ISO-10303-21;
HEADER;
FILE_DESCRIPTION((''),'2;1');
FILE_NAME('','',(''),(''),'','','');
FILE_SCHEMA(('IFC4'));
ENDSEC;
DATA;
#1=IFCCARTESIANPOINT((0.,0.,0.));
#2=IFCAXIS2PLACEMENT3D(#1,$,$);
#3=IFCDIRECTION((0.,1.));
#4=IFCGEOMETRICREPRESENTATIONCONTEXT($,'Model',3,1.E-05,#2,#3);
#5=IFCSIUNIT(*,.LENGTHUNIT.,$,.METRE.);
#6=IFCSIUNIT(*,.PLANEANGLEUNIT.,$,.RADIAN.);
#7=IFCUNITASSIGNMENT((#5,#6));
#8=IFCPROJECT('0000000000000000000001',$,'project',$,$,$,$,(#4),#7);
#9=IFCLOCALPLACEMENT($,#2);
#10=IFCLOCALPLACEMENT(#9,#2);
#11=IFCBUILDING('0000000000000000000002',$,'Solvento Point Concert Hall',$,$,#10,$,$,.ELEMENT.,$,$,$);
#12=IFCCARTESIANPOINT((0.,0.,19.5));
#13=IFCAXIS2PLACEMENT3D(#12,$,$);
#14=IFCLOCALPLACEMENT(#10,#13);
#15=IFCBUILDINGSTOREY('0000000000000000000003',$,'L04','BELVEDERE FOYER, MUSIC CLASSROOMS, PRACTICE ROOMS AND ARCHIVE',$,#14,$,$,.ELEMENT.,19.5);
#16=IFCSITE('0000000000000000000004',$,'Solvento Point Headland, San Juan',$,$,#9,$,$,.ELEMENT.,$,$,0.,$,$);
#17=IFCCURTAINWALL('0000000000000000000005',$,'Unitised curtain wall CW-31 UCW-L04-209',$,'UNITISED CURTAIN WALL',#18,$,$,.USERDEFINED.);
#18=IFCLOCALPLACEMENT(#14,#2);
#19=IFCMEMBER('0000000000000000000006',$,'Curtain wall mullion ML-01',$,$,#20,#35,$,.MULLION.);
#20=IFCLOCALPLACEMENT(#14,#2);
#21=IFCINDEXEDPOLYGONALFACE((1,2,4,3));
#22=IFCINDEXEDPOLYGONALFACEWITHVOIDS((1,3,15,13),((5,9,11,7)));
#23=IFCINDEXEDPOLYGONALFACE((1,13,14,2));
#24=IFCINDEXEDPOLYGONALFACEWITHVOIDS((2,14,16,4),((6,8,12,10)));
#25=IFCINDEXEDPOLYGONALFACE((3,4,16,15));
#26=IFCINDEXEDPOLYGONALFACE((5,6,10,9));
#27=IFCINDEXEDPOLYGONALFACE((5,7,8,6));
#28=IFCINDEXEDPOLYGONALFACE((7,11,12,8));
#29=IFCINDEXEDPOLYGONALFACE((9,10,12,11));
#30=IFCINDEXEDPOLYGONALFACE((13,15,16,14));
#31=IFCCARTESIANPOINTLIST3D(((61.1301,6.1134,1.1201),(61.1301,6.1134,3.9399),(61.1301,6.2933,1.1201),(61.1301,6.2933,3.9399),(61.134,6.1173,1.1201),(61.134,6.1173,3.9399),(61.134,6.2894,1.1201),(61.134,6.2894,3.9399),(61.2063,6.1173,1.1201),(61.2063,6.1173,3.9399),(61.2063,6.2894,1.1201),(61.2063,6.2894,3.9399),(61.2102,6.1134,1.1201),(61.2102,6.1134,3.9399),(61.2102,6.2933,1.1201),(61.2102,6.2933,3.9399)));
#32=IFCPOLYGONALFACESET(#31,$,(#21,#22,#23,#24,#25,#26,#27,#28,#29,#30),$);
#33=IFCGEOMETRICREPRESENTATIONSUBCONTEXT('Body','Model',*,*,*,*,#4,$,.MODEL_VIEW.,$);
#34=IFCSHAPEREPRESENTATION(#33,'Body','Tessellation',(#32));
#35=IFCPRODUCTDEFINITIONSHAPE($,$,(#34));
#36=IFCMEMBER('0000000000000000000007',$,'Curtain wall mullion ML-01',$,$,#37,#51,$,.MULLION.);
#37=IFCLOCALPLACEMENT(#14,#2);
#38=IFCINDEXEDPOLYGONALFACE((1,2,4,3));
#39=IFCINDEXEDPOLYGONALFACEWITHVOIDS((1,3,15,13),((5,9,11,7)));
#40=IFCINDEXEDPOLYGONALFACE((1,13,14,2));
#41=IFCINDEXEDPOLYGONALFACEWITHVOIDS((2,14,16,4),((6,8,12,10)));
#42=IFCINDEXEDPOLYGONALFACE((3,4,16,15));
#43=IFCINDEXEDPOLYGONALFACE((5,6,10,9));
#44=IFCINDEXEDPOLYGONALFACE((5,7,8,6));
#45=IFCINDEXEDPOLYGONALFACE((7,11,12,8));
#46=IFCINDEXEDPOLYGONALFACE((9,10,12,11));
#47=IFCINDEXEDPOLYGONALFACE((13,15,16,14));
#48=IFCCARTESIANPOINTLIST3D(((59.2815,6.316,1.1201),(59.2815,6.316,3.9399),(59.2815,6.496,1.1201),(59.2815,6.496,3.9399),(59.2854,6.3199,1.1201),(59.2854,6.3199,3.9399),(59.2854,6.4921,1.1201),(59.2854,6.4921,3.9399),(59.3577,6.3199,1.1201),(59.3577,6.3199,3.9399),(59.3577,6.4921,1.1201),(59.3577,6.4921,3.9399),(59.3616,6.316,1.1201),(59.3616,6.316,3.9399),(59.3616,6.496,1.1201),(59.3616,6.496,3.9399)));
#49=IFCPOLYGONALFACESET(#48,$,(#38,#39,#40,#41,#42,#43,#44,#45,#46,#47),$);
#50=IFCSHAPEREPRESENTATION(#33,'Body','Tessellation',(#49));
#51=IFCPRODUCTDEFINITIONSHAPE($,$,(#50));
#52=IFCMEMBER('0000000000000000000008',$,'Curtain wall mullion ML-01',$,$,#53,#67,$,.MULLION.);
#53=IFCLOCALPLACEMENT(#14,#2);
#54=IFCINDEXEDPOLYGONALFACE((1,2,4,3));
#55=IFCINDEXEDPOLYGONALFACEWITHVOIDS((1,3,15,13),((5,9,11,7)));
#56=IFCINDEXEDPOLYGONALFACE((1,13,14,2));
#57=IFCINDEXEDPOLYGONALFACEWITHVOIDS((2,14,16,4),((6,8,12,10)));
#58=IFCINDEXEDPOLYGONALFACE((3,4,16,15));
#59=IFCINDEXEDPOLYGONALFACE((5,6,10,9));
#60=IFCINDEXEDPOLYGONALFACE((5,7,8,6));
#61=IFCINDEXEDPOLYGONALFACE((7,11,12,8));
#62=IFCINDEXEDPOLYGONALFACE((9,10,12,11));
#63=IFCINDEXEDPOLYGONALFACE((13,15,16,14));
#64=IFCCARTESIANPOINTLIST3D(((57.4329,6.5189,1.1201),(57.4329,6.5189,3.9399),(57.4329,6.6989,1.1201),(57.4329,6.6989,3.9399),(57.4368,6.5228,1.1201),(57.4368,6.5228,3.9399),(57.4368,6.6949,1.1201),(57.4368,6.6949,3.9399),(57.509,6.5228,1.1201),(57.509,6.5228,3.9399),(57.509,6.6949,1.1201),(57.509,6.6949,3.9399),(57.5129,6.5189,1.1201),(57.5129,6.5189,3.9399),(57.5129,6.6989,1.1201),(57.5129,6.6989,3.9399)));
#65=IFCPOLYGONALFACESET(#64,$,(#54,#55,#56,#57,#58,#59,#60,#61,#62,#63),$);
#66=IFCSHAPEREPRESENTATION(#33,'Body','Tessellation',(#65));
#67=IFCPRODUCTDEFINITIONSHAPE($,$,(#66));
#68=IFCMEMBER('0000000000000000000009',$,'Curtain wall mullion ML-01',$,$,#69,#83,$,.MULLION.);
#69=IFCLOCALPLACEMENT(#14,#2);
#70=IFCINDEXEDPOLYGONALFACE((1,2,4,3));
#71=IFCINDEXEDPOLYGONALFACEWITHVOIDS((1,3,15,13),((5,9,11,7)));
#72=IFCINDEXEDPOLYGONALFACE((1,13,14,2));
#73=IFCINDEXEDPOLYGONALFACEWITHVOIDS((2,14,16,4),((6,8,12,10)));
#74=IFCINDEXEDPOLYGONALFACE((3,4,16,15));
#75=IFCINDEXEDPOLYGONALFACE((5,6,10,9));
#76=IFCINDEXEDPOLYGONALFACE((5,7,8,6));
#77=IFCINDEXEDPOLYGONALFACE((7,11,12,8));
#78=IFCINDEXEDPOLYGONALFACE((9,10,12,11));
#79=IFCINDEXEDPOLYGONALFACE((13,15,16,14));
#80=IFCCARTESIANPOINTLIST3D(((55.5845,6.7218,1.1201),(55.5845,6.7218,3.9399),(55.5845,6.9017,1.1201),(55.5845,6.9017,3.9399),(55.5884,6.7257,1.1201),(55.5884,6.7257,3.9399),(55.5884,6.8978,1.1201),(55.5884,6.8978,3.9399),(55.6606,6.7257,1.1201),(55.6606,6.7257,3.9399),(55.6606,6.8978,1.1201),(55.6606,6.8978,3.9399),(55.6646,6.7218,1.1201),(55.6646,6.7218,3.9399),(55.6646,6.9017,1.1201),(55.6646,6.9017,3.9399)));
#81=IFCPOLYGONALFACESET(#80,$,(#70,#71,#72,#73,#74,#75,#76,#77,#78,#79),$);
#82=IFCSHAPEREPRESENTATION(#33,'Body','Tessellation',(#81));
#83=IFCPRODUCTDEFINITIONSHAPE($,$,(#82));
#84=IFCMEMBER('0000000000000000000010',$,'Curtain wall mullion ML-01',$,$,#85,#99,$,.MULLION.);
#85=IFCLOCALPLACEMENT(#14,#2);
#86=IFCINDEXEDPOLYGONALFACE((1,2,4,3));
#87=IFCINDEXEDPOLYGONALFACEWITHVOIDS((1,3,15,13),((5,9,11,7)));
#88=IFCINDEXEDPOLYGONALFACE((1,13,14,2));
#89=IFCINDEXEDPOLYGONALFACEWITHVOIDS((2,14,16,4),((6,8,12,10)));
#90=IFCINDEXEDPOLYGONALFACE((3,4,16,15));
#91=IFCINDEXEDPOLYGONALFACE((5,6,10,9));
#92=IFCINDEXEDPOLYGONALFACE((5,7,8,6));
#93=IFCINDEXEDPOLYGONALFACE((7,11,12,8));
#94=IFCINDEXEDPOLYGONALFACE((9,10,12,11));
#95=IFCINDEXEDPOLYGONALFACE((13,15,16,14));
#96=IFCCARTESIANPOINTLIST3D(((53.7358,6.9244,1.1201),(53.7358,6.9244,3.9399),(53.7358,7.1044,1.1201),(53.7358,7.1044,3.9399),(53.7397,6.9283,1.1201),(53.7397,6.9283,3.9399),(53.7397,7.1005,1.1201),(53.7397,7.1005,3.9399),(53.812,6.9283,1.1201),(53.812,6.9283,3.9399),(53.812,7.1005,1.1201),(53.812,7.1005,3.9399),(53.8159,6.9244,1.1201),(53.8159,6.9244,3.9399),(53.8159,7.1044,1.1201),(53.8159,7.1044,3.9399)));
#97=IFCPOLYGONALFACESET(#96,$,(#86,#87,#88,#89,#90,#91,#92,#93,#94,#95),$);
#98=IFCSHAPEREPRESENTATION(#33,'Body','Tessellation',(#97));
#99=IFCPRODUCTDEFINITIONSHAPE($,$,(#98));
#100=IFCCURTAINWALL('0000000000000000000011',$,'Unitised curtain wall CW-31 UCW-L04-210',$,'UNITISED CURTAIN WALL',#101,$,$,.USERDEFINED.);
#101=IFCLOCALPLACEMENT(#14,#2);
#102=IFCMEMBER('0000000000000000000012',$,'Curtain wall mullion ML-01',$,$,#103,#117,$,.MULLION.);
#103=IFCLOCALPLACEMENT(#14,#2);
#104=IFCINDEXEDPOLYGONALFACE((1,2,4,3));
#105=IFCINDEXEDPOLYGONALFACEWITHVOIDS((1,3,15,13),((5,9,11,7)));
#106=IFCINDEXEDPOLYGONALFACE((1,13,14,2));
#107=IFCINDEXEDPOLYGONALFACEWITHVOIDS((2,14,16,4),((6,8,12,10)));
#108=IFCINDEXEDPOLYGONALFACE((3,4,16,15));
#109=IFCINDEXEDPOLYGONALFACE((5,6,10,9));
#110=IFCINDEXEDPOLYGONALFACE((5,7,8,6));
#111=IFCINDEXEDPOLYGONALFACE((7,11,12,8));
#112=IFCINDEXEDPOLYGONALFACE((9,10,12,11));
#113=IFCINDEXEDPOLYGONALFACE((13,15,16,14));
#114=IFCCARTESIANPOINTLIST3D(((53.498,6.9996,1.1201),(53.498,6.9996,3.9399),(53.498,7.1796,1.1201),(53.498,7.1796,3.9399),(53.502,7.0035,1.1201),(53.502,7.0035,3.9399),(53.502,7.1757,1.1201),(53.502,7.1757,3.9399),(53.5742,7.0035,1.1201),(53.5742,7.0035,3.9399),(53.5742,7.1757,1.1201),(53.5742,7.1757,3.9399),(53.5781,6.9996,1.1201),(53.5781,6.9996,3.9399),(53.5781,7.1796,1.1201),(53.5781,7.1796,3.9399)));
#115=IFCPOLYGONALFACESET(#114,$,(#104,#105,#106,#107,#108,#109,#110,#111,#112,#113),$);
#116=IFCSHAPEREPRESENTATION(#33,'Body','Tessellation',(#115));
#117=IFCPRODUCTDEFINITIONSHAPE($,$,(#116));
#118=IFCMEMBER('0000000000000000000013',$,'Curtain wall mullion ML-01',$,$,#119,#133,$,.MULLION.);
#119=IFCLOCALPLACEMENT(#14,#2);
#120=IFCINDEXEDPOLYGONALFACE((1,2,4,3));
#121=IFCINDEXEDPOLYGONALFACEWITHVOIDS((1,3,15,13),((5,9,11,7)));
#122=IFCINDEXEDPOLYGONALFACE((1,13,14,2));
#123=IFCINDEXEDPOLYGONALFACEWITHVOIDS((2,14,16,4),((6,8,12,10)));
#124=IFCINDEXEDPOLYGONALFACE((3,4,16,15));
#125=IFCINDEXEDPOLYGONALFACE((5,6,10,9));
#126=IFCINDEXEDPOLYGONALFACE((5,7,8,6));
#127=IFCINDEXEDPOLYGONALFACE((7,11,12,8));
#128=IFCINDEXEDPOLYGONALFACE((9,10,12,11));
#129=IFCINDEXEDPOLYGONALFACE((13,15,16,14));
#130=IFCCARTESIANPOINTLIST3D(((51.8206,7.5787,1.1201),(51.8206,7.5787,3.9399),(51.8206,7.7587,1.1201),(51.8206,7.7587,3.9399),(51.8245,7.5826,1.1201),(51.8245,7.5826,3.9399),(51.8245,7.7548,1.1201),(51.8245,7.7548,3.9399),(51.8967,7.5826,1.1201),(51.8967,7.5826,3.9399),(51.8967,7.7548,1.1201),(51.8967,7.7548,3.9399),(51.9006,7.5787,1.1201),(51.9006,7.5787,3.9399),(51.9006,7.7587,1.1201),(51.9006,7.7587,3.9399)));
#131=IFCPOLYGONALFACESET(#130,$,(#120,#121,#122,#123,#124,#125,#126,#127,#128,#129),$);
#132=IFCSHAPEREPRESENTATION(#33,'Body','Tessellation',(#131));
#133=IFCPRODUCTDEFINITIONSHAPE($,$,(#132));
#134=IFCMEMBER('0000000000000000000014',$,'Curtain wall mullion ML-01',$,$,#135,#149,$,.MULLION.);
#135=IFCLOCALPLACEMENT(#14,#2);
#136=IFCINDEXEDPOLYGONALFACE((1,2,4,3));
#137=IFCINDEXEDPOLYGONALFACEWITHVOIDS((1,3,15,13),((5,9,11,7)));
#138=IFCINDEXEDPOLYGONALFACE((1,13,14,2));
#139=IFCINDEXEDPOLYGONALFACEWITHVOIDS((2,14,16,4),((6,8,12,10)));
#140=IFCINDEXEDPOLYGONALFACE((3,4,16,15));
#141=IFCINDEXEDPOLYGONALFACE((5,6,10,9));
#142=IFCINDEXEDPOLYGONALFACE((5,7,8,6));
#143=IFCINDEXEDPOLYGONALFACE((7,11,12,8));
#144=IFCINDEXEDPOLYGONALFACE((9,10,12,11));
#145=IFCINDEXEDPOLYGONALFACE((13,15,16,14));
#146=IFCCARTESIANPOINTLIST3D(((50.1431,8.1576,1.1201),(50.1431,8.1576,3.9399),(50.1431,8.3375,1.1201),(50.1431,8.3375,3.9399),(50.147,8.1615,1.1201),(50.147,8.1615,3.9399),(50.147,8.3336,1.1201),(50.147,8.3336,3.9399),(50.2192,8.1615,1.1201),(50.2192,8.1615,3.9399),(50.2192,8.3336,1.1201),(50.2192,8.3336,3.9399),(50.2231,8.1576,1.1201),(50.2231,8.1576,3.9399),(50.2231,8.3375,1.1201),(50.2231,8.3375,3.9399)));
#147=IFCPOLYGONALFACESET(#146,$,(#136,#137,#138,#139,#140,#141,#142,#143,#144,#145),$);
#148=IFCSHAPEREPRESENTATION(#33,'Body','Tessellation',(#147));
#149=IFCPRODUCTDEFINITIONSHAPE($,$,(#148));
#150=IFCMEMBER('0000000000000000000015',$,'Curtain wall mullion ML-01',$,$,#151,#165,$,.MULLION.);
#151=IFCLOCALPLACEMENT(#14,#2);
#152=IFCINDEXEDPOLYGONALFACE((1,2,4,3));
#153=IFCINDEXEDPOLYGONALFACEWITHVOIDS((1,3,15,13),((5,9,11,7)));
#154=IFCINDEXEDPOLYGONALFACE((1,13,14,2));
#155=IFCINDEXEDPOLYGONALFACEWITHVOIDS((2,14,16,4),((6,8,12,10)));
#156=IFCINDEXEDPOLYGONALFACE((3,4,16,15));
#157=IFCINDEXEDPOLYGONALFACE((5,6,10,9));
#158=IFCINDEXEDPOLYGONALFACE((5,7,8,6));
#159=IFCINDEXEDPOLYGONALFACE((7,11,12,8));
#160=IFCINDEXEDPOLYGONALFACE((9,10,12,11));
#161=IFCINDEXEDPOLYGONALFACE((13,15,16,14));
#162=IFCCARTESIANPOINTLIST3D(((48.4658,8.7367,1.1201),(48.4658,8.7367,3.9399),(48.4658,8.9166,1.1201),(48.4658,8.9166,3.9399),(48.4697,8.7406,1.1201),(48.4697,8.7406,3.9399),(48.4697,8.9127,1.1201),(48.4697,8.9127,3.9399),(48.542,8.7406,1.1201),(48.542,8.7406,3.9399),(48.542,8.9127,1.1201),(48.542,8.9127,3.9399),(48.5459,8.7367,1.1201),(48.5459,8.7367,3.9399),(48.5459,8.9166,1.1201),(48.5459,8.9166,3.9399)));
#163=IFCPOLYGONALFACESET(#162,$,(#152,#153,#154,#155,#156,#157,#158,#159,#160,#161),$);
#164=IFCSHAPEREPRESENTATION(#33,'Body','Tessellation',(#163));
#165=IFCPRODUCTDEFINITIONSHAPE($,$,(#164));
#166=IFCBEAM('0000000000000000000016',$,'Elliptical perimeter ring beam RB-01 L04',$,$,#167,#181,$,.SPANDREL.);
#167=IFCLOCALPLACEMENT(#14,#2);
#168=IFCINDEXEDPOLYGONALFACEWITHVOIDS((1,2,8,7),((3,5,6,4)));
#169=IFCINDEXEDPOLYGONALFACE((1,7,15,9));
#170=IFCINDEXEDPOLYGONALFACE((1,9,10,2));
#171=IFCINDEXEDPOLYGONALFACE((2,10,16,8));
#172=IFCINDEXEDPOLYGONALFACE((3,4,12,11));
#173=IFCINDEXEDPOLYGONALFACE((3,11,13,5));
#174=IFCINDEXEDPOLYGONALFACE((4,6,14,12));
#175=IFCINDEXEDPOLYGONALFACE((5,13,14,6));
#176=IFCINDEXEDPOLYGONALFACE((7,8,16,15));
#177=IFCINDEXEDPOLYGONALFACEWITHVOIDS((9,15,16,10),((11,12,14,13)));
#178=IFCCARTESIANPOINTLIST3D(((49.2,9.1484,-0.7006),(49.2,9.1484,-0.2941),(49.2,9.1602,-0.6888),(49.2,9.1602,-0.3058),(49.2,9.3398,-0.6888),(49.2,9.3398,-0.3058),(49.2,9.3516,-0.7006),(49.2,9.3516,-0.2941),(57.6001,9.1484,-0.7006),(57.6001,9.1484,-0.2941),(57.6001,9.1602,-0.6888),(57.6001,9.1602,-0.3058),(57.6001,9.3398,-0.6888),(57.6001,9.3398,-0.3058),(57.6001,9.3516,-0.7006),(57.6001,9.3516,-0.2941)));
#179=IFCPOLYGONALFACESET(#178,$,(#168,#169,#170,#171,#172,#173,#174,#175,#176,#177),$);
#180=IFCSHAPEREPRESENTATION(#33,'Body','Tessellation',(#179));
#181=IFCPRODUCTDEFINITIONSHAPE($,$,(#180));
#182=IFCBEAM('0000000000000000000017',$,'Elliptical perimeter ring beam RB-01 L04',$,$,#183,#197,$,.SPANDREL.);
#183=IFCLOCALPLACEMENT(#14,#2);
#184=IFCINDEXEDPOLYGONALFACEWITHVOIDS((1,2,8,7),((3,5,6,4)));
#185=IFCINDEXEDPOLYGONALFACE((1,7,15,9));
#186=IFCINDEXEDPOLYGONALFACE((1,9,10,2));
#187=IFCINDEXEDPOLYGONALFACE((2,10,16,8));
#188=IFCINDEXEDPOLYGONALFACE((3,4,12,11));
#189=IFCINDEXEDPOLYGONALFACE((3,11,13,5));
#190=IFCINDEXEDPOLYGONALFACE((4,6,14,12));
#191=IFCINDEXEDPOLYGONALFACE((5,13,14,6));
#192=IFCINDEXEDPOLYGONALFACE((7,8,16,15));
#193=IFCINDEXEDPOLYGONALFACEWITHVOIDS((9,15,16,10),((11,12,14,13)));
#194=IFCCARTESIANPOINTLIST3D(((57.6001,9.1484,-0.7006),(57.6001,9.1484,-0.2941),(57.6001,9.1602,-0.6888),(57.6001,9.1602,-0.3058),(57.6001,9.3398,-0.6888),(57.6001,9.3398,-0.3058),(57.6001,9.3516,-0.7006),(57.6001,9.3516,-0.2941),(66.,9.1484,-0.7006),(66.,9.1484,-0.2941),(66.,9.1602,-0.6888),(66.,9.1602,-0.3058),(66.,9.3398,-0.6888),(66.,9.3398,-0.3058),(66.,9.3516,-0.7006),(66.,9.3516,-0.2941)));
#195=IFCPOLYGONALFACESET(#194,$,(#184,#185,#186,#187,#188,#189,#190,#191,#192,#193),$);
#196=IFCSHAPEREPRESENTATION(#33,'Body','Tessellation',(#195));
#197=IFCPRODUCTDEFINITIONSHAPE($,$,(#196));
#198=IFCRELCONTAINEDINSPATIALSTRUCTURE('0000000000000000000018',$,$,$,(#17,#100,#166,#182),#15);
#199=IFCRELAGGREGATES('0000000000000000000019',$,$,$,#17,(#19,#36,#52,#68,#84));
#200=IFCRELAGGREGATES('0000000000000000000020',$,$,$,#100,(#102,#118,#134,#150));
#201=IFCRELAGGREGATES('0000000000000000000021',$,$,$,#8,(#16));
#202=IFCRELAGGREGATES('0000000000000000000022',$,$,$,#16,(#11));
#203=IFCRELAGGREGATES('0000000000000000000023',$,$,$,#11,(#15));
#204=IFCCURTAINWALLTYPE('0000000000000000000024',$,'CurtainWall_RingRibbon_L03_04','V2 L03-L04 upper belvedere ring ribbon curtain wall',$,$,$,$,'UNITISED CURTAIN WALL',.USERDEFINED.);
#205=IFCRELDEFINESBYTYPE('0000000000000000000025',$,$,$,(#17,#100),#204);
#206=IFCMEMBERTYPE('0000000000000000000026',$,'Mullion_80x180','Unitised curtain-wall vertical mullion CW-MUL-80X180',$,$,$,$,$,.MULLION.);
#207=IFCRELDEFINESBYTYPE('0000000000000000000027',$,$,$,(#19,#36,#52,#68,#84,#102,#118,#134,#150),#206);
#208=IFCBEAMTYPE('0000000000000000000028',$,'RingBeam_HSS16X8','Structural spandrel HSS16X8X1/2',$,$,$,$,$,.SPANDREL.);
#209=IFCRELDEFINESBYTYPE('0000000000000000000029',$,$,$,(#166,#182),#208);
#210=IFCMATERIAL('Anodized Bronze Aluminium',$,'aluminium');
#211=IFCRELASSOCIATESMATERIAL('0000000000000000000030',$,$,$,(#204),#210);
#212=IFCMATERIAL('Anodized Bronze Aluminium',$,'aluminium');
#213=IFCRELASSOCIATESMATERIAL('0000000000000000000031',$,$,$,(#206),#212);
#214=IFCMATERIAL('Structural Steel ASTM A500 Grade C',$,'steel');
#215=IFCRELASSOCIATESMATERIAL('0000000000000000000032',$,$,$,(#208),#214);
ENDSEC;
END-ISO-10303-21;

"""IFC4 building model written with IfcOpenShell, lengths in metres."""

from ifc_helpers import new_model, si_unit, direction, frame, origin, origin_2d, place, context, subcontext, project, spatial, hollow_rectangle, extrude, material, material_profile, profile_set, type_object, element, aggregate, save


model = new_model("IFC4")

# Units and contexts
model_context = context("Model", 3, precision=1e-05, world=origin(), true_north=direction((0.0, 1.0)))
body_context = subcontext(model_context, "Body", "Model", "MODEL_VIEW")
ifc_project = project(units=[si_unit("LENGTHUNIT", "METRE"), si_unit("PLANEANGLEUNIT", "RADIAN")], contexts=[model_context])

# Site, building, storey
site_placement = place(None, origin())
site = spatial("IfcSite", under=ifc_project, at=site_placement, Name="Solvento Point Headland, San Juan", CompositionType="ELEMENT", RefElevation=0.0)
building_placement = place(site_placement, origin())
building = spatial("IfcBuilding", under=site, at=building_placement, Name="Solvento Point Concert Hall", CompositionType="ELEMENT")
storey_placement = place(building_placement, frame((0.0, 0.0, 19.5)))
storey = spatial("IfcBuildingStorey", under=building, at=storey_placement, Name="L04", Description="BELVEDERE FOYER, MUSIC CLASSROOMS, PRACTICE ROOMS AND ARCHIVE", CompositionType="ELEMENT", Elevation=19.5)

# Curtain walls, members
ifc_material_1 = material(Name="Anodized Bronze Aluminium", Category="aluminium")
curtain_wall_type = type_object("IfcCurtainWallType", Name="CurtainWall_RingRibbon_L03_04", Description="V2 L03-L04 upper belvedere ring ribbon curtain wall", ElementType="UNITISED CURTAIN WALL", PredefinedType="USERDEFINED", material=ifc_material_1)
curtain_wall_1_placement = place(storey_placement, origin())
curtain_wall_1 = element("IfcCurtainWall", 1, at=curtain_wall_1_placement, inside=storey, type_object=curtain_wall_type, Name="Unitised curtain wall CW-31 UCW-L04-209", ObjectType="UNITISED CURTAIN WALL", PredefinedType="USERDEFINED")
ifc_material_2 = material(Name="Anodized Bronze Aluminium", Category="aluminium")
ifc_material_profile_1 = material_profile(ifc_material_2, hollow_rectangle(XDim=0.0801, YDim=0.1799, WallThickness=0.0039, at=origin_2d()), Name="CW-MUL-80X180")
ifc_profile_set_1 = profile_set([ifc_material_profile_1], Name="Anodized Bronze Aluminium")
member_type_1 = type_object("IfcMemberType", Name="Mullion_80x180", Description="Unitised curtain-wall vertical mullion CW-MUL-80X180", PredefinedType="MULLION", material=ifc_profile_set_1)
member_1_placement = place(storey_placement, frame((61.1702, 6.2034, 1.1201), z_axis=(0.0, 0.0, 1.0), x_axis=(1.0, 0.0, 0.0)))
member_1 = element("IfcMember", 2, at=member_1_placement, type_object=member_type_1, Name="Curtain wall mullion ML-01", PredefinedType="MULLION", context=body_context, shape_type="SweptSolid", body=[
    extrude(hollow_rectangle(XDim=0.0801, YDim=0.1799, WallThickness=0.0039, at=origin_2d()), origin(), (0.0, 0.0, 1.0), 2.8198),
])
member_2_placement = place(storey_placement, frame((59.3215, 6.406, 1.1201), z_axis=(0.0, 0.0, 1.0), x_axis=(1.0, 0.0, 0.0)))
member_2 = element("IfcMember", 3, at=member_2_placement, type_object=member_type_1, Name="Curtain wall mullion ML-01", PredefinedType="MULLION", context=body_context, shape_type="SweptSolid", body=[
    extrude(hollow_rectangle(XDim=0.0801, YDim=0.1799, WallThickness=0.0039, at=origin_2d()), origin(), (0.0, 0.0, 1.0), 2.8198),
])
member_3_placement = place(storey_placement, frame((57.4729, 6.6089, 1.1201), z_axis=(0.0, 0.0, 1.0), x_axis=(1.0, 0.0, 0.0)))
member_3 = element("IfcMember", 4, at=member_3_placement, type_object=member_type_1, Name="Curtain wall mullion ML-01", PredefinedType="MULLION", context=body_context, shape_type="SweptSolid", body=[
    extrude(hollow_rectangle(XDim=0.0801, YDim=0.1799, WallThickness=0.0039, at=origin_2d()), origin(), (0.0, 0.0, 1.0), 2.8198),
])
member_4_placement = place(storey_placement, frame((55.6245, 6.8118, 1.1201), z_axis=(0.0, 0.0, 1.0), x_axis=(1.0, 0.0, 0.0)))
member_4 = element("IfcMember", 5, at=member_4_placement, type_object=member_type_1, Name="Curtain wall mullion ML-01", PredefinedType="MULLION", context=body_context, shape_type="SweptSolid", body=[
    extrude(hollow_rectangle(XDim=0.0801, YDim=0.1799, WallThickness=0.0039, at=origin_2d()), origin(), (0.0, 0.0, 1.0), 2.8198),
])
member_5_placement = place(storey_placement, frame((53.7759, 7.0144, 1.1201), z_axis=(0.0, 0.0, 1.0), x_axis=(1.0, 0.0, 0.0)))
member_5 = element("IfcMember", 6, at=member_5_placement, type_object=member_type_1, Name="Curtain wall mullion ML-01", PredefinedType="MULLION", context=body_context, shape_type="SweptSolid", body=[
    extrude(hollow_rectangle(XDim=0.0801, YDim=0.1799, WallThickness=0.0039, at=origin_2d()), origin(), (0.0, 0.0, 1.0), 2.8198),
])
curtain_wall_2_placement = place(storey_placement, origin())
curtain_wall_2 = element("IfcCurtainWall", 7, at=curtain_wall_2_placement, inside=storey, type_object=curtain_wall_type, Name="Unitised curtain wall CW-31 UCW-L04-210", ObjectType="UNITISED CURTAIN WALL", PredefinedType="USERDEFINED")
member_6_placement = place(storey_placement, frame((53.5381, 7.0896, 1.1201), z_axis=(0.0, 0.0, 1.0), x_axis=(1.0, 0.0, 0.0)))
member_6 = element("IfcMember", 8, at=member_6_placement, type_object=member_type_1, Name="Curtain wall mullion ML-01", PredefinedType="MULLION", context=body_context, shape_type="SweptSolid", body=[
    extrude(hollow_rectangle(XDim=0.0801, YDim=0.1799, WallThickness=0.0039, at=origin_2d()), origin(), (0.0, 0.0, 1.0), 2.8198),
])
member_7_placement = place(storey_placement, frame((51.8606, 7.6687, 1.1201), z_axis=(0.0, 0.0, 1.0), x_axis=(1.0, 0.0, 0.0)))
member_7 = element("IfcMember", 9, at=member_7_placement, type_object=member_type_1, Name="Curtain wall mullion ML-01", PredefinedType="MULLION", context=body_context, shape_type="SweptSolid", body=[
    extrude(hollow_rectangle(XDim=0.0801, YDim=0.1799, WallThickness=0.0039, at=origin_2d()), origin(), (0.0, 0.0, 1.0), 2.8198),
])
member_8_placement = place(storey_placement, frame((50.1831, 8.2476, 1.1201), z_axis=(0.0, 0.0, 1.0), x_axis=(1.0, 0.0, 0.0)))
member_8 = element("IfcMember", 10, at=member_8_placement, type_object=member_type_1, Name="Curtain wall mullion ML-01", PredefinedType="MULLION", context=body_context, shape_type="SweptSolid", body=[
    extrude(hollow_rectangle(XDim=0.0801, YDim=0.1799, WallThickness=0.0039, at=origin_2d()), origin(), (0.0, 0.0, 1.0), 2.8198),
])
member_9_placement = place(storey_placement, frame((48.5059, 8.8267, 1.1201), z_axis=(0.0, 0.0, 1.0), x_axis=(1.0, 0.0, 0.0)))
member_9 = element("IfcMember", 11, at=member_9_placement, type_object=member_type_1, Name="Curtain wall mullion ML-01", PredefinedType="MULLION", context=body_context, shape_type="SweptSolid", body=[
    extrude(hollow_rectangle(XDim=0.0801, YDim=0.1799, WallThickness=0.0039, at=origin_2d()), origin(), (0.0, 0.0, 1.0), 2.8198),
])

# Beams
ifc_material_3 = material(Name="Structural Steel ASTM A500 Grade C", Category="steel")
ifc_material_profile_2 = material_profile(ifc_material_3, hollow_rectangle(XDim=0.2031, YDim=0.4065, WallThickness=0.0117, at=origin_2d()), Name="HSS16X8X1/2")
ifc_profile_set_2 = profile_set([ifc_material_profile_2], Name="Structural Steel ASTM A500 Grade C")
beam_type = type_object("IfcBeamType", Name="RingBeam_HSS16X8", Description="Structural spandrel HSS16X8X1/2", PredefinedType="SPANDREL", material=ifc_profile_set_2)
beam_1_placement = place(storey_placement, frame((49.2, 9.25, -0.4973), z_axis=(1.0, 0.0, 0.0), x_axis=(0.0, 1.0, 0.0)))
element("IfcBeam", 12, at=beam_1_placement, inside=storey, type_object=beam_type, Name="Elliptical perimeter ring beam RB-01 L04", PredefinedType="SPANDREL", context=body_context, shape_type="SweptSolid", body=[
    extrude(hollow_rectangle(XDim=0.2031, YDim=0.4065, WallThickness=0.0117, at=origin_2d()), origin(), (0.0, 0.0, 1.0), 8.4001),
])
beam_2_placement = place(storey_placement, frame((57.6001, 9.25, -0.4973), z_axis=(1.0, 0.0, 0.0), x_axis=(0.0, 1.0, 0.0)))
element("IfcBeam", 13, at=beam_2_placement, inside=storey, type_object=beam_type, Name="Elliptical perimeter ring beam RB-01 L04", PredefinedType="SPANDREL", context=body_context, shape_type="SweptSolid", body=[
    extrude(hollow_rectangle(XDim=0.2031, YDim=0.4065, WallThickness=0.0117, at=origin_2d()), origin(), (0.0, 0.0, 1.0), 8.3999),
])

aggregate(curtain_wall_1, [member_1, member_2, member_3, member_4, member_5])
aggregate(curtain_wall_2, [member_6, member_7, member_8, member_9])

save(model, "model.ifc")
